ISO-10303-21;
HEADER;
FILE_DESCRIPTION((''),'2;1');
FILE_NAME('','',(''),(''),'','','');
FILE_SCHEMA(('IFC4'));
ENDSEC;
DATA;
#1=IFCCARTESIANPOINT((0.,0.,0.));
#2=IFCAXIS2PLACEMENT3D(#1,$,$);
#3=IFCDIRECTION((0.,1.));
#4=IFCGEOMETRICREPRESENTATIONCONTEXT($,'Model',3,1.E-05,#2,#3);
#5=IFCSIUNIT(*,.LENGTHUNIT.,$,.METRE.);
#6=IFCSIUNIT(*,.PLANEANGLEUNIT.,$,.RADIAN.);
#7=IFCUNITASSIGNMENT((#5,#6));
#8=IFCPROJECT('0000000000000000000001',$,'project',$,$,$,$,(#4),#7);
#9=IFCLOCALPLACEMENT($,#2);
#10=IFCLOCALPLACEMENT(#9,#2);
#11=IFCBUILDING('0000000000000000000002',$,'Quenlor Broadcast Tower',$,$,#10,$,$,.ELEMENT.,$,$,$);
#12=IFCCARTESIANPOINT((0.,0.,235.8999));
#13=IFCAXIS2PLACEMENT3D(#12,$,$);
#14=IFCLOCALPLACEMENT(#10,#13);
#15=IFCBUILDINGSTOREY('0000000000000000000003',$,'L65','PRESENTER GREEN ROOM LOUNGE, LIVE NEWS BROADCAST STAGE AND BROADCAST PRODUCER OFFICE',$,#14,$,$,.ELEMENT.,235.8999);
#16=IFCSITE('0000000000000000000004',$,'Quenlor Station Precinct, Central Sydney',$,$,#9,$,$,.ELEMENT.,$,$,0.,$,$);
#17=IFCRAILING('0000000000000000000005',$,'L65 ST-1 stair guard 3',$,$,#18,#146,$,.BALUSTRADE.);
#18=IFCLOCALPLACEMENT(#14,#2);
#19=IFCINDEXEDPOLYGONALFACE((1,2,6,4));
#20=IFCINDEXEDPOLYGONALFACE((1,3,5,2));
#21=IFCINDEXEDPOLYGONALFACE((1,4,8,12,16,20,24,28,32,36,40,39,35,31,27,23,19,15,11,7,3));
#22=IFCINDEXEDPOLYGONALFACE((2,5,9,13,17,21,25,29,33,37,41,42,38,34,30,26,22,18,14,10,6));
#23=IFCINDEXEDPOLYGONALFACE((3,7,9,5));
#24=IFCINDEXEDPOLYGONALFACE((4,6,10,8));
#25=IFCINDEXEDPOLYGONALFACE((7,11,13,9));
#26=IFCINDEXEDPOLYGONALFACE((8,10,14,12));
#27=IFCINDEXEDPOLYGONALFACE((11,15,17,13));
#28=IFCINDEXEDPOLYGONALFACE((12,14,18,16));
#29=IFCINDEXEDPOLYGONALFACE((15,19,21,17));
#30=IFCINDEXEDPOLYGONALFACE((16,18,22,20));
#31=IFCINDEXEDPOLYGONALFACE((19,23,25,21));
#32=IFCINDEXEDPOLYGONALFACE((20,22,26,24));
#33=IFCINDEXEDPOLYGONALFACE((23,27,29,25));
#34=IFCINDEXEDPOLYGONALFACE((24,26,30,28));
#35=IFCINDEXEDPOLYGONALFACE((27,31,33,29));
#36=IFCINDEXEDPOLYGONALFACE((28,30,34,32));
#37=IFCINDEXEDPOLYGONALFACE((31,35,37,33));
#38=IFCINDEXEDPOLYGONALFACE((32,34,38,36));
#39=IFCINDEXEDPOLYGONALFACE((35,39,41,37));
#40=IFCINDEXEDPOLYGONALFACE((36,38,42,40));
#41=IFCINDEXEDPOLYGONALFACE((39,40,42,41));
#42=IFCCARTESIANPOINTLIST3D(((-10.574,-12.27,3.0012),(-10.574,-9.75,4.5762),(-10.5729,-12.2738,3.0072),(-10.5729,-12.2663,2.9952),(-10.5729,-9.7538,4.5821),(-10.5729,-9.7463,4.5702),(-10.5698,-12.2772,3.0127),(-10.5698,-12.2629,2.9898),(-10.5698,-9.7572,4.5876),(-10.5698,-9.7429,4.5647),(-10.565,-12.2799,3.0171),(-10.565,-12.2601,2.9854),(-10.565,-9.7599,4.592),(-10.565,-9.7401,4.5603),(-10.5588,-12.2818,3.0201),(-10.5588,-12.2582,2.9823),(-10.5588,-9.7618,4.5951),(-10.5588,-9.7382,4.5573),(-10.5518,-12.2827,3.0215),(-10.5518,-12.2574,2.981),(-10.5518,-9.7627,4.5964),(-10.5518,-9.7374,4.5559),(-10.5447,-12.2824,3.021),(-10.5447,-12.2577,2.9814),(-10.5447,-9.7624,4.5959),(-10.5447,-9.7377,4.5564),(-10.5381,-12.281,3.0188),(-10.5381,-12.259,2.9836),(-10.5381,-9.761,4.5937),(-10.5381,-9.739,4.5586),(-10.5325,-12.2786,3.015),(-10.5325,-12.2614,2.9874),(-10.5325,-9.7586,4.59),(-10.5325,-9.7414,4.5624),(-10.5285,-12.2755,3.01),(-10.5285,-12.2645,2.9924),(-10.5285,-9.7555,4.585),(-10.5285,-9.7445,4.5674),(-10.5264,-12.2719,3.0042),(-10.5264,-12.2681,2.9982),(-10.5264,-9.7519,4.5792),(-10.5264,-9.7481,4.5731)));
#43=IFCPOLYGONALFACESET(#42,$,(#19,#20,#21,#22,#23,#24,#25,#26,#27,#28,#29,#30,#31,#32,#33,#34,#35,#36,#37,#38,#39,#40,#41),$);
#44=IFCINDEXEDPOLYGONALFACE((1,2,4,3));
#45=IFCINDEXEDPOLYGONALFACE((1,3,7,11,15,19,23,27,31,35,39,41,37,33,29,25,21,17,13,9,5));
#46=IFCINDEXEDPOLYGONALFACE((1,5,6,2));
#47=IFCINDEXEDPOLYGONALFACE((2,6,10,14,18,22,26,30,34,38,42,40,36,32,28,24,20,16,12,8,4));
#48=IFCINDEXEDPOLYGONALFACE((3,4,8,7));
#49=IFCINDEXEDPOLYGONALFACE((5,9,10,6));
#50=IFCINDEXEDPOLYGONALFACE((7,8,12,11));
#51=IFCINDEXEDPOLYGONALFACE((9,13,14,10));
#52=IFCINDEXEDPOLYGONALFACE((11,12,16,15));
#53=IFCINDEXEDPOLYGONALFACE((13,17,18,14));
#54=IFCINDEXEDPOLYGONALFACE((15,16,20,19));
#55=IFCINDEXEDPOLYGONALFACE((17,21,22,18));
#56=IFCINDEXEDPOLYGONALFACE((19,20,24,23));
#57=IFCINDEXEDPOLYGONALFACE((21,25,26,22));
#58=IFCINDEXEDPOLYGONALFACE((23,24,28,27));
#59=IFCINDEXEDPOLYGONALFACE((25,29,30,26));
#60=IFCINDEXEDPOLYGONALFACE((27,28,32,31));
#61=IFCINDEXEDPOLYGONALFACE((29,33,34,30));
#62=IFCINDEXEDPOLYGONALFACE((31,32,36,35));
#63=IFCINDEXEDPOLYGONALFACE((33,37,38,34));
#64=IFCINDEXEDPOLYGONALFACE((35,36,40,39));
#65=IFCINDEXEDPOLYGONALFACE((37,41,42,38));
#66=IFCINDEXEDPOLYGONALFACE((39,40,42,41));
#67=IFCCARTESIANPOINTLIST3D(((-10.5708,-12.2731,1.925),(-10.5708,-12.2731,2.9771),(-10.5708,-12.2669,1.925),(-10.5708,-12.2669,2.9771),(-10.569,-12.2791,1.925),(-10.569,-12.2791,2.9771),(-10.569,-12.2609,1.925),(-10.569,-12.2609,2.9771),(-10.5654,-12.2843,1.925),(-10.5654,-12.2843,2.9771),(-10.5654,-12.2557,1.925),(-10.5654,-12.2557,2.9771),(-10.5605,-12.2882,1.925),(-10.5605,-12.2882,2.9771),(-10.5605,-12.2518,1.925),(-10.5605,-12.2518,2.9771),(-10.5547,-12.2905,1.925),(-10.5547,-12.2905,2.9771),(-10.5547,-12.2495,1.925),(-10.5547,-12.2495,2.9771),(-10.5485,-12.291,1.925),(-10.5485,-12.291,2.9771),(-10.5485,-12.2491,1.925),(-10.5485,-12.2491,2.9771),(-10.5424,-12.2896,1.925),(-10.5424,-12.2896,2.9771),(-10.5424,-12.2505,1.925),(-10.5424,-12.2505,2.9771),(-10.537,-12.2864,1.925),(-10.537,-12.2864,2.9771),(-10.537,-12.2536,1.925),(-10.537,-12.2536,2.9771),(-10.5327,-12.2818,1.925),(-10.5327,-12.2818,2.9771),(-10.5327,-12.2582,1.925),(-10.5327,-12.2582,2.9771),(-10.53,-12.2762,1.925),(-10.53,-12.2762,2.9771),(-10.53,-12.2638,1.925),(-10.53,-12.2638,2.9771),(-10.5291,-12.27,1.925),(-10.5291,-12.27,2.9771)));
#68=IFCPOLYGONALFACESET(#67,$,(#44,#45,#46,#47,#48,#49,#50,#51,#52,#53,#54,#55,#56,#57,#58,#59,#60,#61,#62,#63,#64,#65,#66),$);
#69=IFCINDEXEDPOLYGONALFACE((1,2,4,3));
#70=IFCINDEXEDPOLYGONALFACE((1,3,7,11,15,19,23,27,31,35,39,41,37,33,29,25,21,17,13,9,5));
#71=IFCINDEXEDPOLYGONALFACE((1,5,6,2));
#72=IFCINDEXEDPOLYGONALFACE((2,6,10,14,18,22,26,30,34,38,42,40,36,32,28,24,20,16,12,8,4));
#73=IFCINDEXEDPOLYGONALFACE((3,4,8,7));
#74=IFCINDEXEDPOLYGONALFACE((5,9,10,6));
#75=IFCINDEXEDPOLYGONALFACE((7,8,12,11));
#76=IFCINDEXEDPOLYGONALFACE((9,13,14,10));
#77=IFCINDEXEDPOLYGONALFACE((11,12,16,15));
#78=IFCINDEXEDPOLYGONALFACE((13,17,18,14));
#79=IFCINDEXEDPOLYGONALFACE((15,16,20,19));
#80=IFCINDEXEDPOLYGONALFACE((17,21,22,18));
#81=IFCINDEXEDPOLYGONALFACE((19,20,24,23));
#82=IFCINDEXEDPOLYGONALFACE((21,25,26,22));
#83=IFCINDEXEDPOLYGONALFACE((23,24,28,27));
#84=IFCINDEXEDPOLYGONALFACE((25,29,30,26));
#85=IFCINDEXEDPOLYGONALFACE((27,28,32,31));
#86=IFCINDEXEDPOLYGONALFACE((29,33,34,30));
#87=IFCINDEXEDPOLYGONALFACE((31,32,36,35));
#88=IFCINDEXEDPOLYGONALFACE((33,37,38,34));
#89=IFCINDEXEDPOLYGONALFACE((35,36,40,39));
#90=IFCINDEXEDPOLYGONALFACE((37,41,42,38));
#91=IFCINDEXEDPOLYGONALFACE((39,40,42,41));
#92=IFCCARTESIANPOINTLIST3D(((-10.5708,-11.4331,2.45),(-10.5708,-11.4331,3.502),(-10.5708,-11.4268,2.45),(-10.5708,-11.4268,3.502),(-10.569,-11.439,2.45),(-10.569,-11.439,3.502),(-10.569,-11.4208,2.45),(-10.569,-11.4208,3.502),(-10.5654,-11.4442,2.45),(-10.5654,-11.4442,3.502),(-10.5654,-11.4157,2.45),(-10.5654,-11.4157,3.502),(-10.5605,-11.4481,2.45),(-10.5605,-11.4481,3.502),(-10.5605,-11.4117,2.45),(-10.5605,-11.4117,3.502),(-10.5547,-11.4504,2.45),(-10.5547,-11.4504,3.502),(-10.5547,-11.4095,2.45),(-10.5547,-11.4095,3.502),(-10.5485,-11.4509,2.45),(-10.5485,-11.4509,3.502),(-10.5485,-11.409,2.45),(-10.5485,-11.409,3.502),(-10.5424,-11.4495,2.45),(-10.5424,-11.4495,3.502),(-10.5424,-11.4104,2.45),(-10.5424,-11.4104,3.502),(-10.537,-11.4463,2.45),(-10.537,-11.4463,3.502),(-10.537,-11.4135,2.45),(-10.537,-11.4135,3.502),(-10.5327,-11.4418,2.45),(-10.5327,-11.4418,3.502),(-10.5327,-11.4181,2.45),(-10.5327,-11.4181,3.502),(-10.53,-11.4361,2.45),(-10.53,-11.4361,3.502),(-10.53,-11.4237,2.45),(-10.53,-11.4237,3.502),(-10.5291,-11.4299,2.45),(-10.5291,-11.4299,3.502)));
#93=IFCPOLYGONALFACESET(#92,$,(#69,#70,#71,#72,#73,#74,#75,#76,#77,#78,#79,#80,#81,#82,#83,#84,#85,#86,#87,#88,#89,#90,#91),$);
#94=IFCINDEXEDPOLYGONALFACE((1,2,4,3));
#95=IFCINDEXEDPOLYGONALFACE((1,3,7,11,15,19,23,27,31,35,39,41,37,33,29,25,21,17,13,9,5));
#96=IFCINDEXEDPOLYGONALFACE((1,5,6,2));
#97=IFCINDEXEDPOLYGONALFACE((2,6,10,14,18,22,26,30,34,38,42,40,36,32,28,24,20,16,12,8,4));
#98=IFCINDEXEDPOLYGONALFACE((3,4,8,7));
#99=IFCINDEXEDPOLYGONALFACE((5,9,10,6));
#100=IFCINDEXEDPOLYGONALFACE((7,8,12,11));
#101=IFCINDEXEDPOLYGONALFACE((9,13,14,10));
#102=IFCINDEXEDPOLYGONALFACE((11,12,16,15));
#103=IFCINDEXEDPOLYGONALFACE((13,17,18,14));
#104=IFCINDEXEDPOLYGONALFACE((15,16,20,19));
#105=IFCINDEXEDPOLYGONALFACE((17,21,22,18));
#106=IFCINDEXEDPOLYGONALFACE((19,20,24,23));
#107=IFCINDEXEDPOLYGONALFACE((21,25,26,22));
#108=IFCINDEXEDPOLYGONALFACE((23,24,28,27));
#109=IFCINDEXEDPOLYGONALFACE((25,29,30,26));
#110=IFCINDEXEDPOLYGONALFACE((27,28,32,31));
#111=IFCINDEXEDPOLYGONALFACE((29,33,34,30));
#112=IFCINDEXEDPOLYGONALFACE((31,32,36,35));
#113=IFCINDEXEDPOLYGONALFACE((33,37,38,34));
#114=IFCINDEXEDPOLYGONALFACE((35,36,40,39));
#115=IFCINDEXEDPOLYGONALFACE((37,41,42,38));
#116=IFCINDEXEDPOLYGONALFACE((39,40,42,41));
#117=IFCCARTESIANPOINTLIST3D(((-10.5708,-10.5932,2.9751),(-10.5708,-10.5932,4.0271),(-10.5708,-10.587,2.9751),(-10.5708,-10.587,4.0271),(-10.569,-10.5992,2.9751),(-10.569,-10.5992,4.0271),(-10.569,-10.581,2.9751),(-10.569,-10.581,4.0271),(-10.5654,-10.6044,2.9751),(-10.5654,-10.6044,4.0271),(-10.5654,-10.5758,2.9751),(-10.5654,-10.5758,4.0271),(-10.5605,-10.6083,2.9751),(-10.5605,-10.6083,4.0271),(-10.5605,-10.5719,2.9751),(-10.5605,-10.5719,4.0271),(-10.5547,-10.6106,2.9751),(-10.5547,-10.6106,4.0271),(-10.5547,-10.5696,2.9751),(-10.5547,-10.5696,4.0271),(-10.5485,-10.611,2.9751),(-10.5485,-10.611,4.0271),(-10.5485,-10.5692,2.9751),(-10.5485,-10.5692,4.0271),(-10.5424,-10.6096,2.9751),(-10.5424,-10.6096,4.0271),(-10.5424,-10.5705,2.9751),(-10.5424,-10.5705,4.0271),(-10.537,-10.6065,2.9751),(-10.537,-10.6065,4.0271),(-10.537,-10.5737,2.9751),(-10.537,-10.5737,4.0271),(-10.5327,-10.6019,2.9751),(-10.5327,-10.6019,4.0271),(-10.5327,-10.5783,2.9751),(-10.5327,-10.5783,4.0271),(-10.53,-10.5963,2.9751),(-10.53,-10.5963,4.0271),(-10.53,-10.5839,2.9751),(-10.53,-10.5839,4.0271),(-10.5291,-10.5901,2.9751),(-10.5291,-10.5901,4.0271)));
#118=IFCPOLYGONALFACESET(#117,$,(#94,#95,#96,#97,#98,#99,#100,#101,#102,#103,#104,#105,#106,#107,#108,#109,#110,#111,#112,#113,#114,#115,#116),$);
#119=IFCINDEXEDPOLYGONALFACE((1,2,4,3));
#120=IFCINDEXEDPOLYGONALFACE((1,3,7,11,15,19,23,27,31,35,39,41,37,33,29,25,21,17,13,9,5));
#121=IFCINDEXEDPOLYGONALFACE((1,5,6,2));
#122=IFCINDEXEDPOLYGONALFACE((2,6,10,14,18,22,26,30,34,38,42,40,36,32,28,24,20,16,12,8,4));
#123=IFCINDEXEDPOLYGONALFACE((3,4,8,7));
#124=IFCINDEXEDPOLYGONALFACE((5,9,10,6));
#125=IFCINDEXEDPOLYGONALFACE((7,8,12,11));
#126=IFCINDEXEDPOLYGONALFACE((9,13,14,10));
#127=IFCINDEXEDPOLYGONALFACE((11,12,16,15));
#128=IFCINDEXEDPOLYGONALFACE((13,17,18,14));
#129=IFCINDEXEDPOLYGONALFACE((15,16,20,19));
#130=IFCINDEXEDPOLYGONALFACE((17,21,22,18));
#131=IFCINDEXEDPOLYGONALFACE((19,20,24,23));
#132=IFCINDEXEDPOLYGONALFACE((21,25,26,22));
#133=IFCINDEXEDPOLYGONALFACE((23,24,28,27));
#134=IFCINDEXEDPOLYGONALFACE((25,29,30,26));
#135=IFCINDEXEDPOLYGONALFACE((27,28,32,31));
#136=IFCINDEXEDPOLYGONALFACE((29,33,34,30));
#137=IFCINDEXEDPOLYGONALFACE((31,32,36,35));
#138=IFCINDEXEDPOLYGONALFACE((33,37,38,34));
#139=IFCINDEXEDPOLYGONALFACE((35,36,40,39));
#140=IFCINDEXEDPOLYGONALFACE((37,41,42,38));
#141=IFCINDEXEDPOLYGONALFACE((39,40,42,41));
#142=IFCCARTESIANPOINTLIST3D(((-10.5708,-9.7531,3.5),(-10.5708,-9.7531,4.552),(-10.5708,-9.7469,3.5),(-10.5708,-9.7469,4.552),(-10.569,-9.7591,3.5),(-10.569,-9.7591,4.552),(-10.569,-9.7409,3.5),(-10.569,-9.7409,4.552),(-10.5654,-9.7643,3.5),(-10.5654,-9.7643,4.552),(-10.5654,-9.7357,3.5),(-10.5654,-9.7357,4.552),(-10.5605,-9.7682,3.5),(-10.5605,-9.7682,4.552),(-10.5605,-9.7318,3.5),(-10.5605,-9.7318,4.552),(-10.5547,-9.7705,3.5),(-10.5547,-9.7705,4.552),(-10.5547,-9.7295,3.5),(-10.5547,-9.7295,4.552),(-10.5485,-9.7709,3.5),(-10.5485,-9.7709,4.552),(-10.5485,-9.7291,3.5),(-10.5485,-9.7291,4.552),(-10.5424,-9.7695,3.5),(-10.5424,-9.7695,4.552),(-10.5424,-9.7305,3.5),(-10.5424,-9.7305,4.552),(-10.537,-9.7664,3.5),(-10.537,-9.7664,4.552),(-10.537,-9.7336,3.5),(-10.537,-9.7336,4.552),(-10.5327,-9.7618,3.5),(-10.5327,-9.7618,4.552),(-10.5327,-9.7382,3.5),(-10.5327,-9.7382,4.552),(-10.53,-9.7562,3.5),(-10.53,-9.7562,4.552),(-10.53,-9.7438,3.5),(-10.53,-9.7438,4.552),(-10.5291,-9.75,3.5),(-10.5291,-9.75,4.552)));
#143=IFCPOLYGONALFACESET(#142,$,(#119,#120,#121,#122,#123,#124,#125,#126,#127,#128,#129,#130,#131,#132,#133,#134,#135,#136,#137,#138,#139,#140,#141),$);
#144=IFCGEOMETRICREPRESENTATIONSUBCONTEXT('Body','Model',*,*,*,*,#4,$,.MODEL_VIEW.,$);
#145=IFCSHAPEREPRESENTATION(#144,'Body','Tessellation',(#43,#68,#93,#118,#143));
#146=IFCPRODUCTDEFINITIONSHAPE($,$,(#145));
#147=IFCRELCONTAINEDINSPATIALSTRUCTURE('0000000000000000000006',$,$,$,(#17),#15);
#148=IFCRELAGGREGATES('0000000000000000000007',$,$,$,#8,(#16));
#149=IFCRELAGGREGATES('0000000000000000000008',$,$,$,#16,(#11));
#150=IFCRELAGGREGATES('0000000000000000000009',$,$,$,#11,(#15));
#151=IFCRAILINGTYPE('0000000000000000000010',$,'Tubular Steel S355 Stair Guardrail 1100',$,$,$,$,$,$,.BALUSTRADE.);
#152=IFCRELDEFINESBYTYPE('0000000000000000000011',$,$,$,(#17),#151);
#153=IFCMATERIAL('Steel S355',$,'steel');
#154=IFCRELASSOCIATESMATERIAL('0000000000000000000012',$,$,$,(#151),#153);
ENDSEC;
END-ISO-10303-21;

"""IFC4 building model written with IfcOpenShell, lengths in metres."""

from ifc_helpers import new_model, si_unit, direction, frame, origin, origin_2d, place, context, subcontext, project, spatial, circle, extrude, material, type_object, element, save


model = new_model("IFC4")

# Units and contexts
model_context = context("Model", 3, precision=1e-05, world=origin(), true_north=direction((0.0, 1.0)))
body_context = subcontext(model_context, "Body", "Model", "MODEL_VIEW")
ifc_project = project(units=[si_unit("LENGTHUNIT", "METRE"), si_unit("PLANEANGLEUNIT", "RADIAN")], contexts=[model_context])

# Site, building, storey
site_placement = place(None, origin())
site = spatial("IfcSite", under=ifc_project, at=site_placement, Name="Quenlor Station Precinct, Central Sydney", CompositionType="ELEMENT", RefElevation=0.0)
building_placement = place(site_placement, origin())
building = spatial("IfcBuilding", under=site, at=building_placement, Name="Quenlor Broadcast Tower", CompositionType="ELEMENT")
storey_placement = place(building_placement, frame((0.0, 0.0, 235.8999)))
storey = spatial("IfcBuildingStorey", under=building, at=storey_placement, Name="L65", Description="PRESENTER GREEN ROOM LOUNGE, LIVE NEWS BROADCAST STAGE AND BROADCAST PRODUCER OFFICE", CompositionType="ELEMENT", Elevation=235.8999)

# Railing
ifc_material_1 = material(Name="Steel S355", Category="steel")
railing_type_1 = type_object("IfcRailingType", Name="Tubular Steel S355 Stair Guardrail 1100", PredefinedType="BALUSTRADE", material=ifc_material_1)
railing_1_placement = place(storey_placement, frame((-10.55, -12.27, 1.925)))
element("IfcRailing", 1, at=railing_1_placement, inside=storey, type_object=railing_type_1, Name="L65 ST-1 stair guard 3", PredefinedType="BALUSTRADE", context=body_context, shape_type="SweptSolid", body=[
    extrude(circle(Radius=0.0239, at=origin_2d()), frame((0.0, 0.0, 1.0762), z_axis=(0.0, 0.848008, 0.529984), x_axis=(-1.0, 0.0, 0.0)), (0.0, 0.0, 1.0), 2.9717),
    extrude(circle(Radius=0.021, at=origin_2d()), origin(), (0.0, 0.0, 1.0), 1.052),
    extrude(circle(Radius=0.021, at=origin_2d()), frame((0.0, 0.8401, 0.5249)), (0.0, 0.0, 1.0), 1.052),
    extrude(circle(Radius=0.021, at=origin_2d()), frame((0.0, 1.6799, 1.05)), (0.0, 0.0, 1.0), 1.052),
    extrude(circle(Radius=0.021, at=origin_2d()), frame((0.0, 2.52, 1.575)), (0.0, 0.0, 1.0), 1.052),
])

save(model, "model.ifc")
